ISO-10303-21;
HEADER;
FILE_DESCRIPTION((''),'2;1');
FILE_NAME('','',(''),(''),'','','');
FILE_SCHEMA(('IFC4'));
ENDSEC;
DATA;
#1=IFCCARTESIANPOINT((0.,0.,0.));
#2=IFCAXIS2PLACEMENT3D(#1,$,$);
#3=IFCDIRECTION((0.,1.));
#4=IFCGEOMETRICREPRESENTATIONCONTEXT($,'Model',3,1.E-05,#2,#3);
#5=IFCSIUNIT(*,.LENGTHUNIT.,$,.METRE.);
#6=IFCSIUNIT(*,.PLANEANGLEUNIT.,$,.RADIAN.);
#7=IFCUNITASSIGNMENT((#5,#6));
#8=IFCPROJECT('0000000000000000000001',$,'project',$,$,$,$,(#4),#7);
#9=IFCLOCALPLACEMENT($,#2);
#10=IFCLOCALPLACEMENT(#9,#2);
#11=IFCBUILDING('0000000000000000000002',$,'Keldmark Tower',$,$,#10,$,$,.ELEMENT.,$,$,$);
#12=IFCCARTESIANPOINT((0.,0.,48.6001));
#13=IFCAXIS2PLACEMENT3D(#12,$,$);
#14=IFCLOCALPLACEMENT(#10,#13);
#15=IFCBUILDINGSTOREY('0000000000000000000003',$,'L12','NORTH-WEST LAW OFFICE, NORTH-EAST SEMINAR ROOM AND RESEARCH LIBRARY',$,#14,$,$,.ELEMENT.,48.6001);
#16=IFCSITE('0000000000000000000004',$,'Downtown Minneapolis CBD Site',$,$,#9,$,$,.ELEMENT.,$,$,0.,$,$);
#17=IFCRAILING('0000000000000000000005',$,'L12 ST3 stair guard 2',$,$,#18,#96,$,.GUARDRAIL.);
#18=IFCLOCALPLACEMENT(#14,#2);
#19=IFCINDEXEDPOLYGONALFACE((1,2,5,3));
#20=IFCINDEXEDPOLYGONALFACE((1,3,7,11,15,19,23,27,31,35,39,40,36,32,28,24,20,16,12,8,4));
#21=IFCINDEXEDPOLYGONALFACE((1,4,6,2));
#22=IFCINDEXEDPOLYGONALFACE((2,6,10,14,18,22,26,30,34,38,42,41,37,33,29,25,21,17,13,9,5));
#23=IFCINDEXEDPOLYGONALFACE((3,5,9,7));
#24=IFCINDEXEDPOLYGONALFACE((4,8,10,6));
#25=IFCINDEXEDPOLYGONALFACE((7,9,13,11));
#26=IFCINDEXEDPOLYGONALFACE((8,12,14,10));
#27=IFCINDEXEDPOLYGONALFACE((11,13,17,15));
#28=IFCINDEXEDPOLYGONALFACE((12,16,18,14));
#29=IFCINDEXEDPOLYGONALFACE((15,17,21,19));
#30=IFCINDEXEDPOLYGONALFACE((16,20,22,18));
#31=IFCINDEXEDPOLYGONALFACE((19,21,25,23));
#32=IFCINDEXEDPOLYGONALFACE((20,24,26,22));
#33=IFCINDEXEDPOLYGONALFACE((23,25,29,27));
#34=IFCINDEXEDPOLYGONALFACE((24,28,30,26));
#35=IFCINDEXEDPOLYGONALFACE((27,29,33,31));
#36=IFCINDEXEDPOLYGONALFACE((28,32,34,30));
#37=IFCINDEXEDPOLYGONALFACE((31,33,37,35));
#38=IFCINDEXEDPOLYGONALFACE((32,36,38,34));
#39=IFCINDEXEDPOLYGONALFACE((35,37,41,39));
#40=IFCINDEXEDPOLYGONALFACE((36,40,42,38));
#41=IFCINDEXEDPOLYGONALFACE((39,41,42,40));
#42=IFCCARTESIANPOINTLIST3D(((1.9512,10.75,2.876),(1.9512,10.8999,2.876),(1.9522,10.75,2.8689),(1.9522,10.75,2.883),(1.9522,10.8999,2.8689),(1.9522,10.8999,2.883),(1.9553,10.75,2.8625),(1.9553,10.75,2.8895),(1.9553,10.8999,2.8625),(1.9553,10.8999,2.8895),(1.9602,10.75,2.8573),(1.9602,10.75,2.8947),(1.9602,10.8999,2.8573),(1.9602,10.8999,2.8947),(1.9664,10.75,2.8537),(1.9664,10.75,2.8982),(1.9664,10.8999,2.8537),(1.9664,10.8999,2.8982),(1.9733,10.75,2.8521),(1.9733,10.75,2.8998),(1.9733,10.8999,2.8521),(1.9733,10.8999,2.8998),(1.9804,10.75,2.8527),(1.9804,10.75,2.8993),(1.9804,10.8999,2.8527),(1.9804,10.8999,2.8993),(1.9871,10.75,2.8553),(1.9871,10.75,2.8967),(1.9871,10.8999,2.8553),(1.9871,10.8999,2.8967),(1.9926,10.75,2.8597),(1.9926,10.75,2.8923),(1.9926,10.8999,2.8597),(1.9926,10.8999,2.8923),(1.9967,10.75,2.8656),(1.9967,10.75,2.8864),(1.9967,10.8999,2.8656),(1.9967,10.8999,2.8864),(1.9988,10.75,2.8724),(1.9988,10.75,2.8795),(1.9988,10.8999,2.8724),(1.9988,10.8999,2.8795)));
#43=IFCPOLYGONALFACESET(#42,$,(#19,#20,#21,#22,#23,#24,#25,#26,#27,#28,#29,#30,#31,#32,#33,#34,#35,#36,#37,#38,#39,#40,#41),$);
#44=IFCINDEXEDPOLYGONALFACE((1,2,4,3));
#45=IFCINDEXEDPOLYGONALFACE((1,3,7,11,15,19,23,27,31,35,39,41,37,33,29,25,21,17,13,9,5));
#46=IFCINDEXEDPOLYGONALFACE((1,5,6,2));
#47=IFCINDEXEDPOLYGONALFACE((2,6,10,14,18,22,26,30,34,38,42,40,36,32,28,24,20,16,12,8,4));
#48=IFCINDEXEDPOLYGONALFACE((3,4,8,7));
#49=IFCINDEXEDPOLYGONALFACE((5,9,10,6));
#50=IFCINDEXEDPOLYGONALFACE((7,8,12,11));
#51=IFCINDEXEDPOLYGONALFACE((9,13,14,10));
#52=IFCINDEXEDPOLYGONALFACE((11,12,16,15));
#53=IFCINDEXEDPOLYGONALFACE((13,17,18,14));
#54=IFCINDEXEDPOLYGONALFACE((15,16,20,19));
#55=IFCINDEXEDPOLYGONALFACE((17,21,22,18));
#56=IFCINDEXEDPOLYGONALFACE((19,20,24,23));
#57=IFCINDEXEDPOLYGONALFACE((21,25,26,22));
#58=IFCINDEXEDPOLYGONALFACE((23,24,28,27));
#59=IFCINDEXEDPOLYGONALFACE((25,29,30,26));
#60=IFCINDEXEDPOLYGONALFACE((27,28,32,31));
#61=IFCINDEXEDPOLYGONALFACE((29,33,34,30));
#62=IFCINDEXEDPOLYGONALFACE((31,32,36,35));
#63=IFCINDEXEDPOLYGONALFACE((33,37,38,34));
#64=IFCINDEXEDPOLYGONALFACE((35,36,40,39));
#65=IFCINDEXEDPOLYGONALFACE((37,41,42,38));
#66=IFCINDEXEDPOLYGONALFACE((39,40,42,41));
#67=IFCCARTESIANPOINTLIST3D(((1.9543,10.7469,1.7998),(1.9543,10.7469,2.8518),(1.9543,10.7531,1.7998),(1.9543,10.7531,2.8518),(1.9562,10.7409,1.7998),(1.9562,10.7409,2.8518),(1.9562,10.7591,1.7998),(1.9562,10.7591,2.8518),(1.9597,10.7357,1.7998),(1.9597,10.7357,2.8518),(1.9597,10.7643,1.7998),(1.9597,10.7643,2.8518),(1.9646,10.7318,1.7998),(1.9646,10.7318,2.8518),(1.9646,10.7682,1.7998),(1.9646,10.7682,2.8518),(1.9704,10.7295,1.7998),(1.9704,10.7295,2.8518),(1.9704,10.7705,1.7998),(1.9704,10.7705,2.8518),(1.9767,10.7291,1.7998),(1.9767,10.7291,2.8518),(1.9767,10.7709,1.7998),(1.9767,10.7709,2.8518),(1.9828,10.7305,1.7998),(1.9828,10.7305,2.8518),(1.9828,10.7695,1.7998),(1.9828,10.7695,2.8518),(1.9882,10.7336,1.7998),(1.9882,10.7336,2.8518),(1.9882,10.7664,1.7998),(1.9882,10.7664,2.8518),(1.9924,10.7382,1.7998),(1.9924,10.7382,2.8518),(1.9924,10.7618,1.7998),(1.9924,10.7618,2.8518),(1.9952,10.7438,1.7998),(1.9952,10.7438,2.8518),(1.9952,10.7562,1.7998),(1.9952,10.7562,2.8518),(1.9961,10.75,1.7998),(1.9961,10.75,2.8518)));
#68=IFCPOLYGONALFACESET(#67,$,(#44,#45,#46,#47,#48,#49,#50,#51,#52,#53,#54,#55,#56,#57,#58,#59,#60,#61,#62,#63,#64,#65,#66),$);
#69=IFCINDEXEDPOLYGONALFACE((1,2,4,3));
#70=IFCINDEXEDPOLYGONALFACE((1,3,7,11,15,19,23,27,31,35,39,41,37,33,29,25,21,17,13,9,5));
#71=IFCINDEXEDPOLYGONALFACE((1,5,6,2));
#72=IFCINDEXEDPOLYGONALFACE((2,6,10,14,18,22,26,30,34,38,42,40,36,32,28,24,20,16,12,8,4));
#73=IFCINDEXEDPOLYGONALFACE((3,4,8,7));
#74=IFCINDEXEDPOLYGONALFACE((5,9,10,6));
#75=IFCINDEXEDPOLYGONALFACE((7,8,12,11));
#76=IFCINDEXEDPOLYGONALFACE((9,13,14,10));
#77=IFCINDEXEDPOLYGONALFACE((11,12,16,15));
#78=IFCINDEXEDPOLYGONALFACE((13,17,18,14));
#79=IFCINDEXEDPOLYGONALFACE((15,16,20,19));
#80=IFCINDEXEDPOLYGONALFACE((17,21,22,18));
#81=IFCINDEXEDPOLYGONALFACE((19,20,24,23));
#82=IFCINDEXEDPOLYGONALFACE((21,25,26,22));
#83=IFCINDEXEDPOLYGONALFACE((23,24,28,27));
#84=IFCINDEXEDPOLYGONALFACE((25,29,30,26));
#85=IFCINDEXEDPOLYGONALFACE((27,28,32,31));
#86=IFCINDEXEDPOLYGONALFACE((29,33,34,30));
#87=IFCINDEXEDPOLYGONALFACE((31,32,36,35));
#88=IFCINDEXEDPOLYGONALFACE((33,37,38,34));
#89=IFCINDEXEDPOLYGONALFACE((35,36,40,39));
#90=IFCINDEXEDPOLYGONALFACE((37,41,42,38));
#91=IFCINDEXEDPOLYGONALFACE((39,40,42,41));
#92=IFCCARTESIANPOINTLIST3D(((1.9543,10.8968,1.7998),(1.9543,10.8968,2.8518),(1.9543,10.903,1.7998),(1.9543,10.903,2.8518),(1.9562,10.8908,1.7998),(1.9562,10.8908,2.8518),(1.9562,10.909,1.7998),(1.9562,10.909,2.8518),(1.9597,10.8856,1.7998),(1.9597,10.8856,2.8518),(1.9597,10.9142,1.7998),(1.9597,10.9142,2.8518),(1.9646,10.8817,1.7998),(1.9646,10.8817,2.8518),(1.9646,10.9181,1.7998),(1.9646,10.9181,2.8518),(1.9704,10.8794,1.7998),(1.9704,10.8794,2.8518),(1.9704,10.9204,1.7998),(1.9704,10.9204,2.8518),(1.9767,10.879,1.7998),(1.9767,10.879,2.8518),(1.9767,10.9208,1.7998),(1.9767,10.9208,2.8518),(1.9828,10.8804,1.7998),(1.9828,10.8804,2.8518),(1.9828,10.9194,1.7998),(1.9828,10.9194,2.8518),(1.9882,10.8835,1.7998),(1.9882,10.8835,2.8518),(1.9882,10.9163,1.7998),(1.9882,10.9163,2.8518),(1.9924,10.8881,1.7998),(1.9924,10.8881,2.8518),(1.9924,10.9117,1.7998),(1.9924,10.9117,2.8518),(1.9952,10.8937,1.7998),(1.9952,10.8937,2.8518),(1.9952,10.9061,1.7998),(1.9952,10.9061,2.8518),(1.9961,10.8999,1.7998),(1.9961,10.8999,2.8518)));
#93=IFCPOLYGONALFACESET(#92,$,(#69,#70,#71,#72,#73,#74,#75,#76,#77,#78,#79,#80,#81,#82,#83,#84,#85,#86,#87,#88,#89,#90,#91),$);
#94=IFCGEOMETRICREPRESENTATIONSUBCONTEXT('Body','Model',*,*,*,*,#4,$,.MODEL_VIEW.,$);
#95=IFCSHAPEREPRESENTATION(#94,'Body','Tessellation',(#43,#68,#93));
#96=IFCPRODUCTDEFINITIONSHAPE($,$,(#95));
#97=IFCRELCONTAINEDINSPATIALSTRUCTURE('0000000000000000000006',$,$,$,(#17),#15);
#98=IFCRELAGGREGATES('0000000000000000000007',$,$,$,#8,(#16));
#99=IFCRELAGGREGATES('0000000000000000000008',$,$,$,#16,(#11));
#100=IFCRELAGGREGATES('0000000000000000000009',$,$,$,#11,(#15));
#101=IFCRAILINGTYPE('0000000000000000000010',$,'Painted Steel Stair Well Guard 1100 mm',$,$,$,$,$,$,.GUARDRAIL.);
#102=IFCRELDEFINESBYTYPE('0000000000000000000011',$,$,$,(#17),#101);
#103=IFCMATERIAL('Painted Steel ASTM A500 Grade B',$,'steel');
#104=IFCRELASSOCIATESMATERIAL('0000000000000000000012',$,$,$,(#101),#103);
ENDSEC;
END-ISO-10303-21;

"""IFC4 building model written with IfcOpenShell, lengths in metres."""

from ifc_helpers import new_model, si_unit, direction, frame, origin, origin_2d, place, context, subcontext, project, spatial, circle, extrude, material, type_object, element, save


model = new_model("IFC4")

# Units and contexts
model_context = context("Model", 3, precision=1e-05, world=origin(), true_north=direction((0.0, 1.0)))
body_context = subcontext(model_context, "Body", "Model", "MODEL_VIEW")
ifc_project = project(units=[si_unit("LENGTHUNIT", "METRE"), si_unit("PLANEANGLEUNIT", "RADIAN")], contexts=[model_context])

# Site, building, storey
site_placement = place(None, origin())
site = spatial("IfcSite", under=ifc_project, at=site_placement, Name="Downtown Minneapolis CBD Site", CompositionType="ELEMENT", RefElevation=0.0)
building_placement = place(site_placement, origin())
building = spatial("IfcBuilding", under=site, at=building_placement, Name="Keldmark Tower", CompositionType="ELEMENT")
storey_placement = place(building_placement, frame((0.0, 0.0, 48.6001)))
storey = spatial("IfcBuildingStorey", under=building, at=storey_placement, Name="L12", Description="NORTH-WEST LAW OFFICE, NORTH-EAST SEMINAR ROOM AND RESEARCH LIBRARY", CompositionType="ELEMENT", Elevation=48.6001)

# Railing
ifc_material_1 = material(Name="Painted Steel ASTM A500 Grade B", Category="steel")
railing_type_1 = type_object("IfcRailingType", Name="Painted Steel Stair Well Guard 1100 mm", PredefinedType="GUARDRAIL", material=ifc_material_1)
railing_1_placement = place(storey_placement, frame((1.9751, 10.75, 1.7998)))
element("IfcRailing", 1, at=railing_1_placement, inside=storey, type_object=railing_type_1, Name="L12 ST3 stair guard 2", PredefinedType="GUARDRAIL", context=body_context, shape_type="SweptSolid", body=[
    extrude(circle(Radius=0.0239, at=origin_2d()), frame((0.0, 0.0, 1.0762), z_axis=(0.0, 1.0, 0.0), x_axis=(-1.0, 0.0, 0.0)), (0.0, 0.0, 1.0), 0.1499),
    extrude(circle(Radius=0.021, at=origin_2d()), origin(), (0.0, 0.0, 1.0), 1.052),
    extrude(circle(Radius=0.021, at=origin_2d()), frame((0.0, 0.1499, 0.0)), (0.0, 0.0, 1.0), 1.052),
])

save(model, "model.ifc")
